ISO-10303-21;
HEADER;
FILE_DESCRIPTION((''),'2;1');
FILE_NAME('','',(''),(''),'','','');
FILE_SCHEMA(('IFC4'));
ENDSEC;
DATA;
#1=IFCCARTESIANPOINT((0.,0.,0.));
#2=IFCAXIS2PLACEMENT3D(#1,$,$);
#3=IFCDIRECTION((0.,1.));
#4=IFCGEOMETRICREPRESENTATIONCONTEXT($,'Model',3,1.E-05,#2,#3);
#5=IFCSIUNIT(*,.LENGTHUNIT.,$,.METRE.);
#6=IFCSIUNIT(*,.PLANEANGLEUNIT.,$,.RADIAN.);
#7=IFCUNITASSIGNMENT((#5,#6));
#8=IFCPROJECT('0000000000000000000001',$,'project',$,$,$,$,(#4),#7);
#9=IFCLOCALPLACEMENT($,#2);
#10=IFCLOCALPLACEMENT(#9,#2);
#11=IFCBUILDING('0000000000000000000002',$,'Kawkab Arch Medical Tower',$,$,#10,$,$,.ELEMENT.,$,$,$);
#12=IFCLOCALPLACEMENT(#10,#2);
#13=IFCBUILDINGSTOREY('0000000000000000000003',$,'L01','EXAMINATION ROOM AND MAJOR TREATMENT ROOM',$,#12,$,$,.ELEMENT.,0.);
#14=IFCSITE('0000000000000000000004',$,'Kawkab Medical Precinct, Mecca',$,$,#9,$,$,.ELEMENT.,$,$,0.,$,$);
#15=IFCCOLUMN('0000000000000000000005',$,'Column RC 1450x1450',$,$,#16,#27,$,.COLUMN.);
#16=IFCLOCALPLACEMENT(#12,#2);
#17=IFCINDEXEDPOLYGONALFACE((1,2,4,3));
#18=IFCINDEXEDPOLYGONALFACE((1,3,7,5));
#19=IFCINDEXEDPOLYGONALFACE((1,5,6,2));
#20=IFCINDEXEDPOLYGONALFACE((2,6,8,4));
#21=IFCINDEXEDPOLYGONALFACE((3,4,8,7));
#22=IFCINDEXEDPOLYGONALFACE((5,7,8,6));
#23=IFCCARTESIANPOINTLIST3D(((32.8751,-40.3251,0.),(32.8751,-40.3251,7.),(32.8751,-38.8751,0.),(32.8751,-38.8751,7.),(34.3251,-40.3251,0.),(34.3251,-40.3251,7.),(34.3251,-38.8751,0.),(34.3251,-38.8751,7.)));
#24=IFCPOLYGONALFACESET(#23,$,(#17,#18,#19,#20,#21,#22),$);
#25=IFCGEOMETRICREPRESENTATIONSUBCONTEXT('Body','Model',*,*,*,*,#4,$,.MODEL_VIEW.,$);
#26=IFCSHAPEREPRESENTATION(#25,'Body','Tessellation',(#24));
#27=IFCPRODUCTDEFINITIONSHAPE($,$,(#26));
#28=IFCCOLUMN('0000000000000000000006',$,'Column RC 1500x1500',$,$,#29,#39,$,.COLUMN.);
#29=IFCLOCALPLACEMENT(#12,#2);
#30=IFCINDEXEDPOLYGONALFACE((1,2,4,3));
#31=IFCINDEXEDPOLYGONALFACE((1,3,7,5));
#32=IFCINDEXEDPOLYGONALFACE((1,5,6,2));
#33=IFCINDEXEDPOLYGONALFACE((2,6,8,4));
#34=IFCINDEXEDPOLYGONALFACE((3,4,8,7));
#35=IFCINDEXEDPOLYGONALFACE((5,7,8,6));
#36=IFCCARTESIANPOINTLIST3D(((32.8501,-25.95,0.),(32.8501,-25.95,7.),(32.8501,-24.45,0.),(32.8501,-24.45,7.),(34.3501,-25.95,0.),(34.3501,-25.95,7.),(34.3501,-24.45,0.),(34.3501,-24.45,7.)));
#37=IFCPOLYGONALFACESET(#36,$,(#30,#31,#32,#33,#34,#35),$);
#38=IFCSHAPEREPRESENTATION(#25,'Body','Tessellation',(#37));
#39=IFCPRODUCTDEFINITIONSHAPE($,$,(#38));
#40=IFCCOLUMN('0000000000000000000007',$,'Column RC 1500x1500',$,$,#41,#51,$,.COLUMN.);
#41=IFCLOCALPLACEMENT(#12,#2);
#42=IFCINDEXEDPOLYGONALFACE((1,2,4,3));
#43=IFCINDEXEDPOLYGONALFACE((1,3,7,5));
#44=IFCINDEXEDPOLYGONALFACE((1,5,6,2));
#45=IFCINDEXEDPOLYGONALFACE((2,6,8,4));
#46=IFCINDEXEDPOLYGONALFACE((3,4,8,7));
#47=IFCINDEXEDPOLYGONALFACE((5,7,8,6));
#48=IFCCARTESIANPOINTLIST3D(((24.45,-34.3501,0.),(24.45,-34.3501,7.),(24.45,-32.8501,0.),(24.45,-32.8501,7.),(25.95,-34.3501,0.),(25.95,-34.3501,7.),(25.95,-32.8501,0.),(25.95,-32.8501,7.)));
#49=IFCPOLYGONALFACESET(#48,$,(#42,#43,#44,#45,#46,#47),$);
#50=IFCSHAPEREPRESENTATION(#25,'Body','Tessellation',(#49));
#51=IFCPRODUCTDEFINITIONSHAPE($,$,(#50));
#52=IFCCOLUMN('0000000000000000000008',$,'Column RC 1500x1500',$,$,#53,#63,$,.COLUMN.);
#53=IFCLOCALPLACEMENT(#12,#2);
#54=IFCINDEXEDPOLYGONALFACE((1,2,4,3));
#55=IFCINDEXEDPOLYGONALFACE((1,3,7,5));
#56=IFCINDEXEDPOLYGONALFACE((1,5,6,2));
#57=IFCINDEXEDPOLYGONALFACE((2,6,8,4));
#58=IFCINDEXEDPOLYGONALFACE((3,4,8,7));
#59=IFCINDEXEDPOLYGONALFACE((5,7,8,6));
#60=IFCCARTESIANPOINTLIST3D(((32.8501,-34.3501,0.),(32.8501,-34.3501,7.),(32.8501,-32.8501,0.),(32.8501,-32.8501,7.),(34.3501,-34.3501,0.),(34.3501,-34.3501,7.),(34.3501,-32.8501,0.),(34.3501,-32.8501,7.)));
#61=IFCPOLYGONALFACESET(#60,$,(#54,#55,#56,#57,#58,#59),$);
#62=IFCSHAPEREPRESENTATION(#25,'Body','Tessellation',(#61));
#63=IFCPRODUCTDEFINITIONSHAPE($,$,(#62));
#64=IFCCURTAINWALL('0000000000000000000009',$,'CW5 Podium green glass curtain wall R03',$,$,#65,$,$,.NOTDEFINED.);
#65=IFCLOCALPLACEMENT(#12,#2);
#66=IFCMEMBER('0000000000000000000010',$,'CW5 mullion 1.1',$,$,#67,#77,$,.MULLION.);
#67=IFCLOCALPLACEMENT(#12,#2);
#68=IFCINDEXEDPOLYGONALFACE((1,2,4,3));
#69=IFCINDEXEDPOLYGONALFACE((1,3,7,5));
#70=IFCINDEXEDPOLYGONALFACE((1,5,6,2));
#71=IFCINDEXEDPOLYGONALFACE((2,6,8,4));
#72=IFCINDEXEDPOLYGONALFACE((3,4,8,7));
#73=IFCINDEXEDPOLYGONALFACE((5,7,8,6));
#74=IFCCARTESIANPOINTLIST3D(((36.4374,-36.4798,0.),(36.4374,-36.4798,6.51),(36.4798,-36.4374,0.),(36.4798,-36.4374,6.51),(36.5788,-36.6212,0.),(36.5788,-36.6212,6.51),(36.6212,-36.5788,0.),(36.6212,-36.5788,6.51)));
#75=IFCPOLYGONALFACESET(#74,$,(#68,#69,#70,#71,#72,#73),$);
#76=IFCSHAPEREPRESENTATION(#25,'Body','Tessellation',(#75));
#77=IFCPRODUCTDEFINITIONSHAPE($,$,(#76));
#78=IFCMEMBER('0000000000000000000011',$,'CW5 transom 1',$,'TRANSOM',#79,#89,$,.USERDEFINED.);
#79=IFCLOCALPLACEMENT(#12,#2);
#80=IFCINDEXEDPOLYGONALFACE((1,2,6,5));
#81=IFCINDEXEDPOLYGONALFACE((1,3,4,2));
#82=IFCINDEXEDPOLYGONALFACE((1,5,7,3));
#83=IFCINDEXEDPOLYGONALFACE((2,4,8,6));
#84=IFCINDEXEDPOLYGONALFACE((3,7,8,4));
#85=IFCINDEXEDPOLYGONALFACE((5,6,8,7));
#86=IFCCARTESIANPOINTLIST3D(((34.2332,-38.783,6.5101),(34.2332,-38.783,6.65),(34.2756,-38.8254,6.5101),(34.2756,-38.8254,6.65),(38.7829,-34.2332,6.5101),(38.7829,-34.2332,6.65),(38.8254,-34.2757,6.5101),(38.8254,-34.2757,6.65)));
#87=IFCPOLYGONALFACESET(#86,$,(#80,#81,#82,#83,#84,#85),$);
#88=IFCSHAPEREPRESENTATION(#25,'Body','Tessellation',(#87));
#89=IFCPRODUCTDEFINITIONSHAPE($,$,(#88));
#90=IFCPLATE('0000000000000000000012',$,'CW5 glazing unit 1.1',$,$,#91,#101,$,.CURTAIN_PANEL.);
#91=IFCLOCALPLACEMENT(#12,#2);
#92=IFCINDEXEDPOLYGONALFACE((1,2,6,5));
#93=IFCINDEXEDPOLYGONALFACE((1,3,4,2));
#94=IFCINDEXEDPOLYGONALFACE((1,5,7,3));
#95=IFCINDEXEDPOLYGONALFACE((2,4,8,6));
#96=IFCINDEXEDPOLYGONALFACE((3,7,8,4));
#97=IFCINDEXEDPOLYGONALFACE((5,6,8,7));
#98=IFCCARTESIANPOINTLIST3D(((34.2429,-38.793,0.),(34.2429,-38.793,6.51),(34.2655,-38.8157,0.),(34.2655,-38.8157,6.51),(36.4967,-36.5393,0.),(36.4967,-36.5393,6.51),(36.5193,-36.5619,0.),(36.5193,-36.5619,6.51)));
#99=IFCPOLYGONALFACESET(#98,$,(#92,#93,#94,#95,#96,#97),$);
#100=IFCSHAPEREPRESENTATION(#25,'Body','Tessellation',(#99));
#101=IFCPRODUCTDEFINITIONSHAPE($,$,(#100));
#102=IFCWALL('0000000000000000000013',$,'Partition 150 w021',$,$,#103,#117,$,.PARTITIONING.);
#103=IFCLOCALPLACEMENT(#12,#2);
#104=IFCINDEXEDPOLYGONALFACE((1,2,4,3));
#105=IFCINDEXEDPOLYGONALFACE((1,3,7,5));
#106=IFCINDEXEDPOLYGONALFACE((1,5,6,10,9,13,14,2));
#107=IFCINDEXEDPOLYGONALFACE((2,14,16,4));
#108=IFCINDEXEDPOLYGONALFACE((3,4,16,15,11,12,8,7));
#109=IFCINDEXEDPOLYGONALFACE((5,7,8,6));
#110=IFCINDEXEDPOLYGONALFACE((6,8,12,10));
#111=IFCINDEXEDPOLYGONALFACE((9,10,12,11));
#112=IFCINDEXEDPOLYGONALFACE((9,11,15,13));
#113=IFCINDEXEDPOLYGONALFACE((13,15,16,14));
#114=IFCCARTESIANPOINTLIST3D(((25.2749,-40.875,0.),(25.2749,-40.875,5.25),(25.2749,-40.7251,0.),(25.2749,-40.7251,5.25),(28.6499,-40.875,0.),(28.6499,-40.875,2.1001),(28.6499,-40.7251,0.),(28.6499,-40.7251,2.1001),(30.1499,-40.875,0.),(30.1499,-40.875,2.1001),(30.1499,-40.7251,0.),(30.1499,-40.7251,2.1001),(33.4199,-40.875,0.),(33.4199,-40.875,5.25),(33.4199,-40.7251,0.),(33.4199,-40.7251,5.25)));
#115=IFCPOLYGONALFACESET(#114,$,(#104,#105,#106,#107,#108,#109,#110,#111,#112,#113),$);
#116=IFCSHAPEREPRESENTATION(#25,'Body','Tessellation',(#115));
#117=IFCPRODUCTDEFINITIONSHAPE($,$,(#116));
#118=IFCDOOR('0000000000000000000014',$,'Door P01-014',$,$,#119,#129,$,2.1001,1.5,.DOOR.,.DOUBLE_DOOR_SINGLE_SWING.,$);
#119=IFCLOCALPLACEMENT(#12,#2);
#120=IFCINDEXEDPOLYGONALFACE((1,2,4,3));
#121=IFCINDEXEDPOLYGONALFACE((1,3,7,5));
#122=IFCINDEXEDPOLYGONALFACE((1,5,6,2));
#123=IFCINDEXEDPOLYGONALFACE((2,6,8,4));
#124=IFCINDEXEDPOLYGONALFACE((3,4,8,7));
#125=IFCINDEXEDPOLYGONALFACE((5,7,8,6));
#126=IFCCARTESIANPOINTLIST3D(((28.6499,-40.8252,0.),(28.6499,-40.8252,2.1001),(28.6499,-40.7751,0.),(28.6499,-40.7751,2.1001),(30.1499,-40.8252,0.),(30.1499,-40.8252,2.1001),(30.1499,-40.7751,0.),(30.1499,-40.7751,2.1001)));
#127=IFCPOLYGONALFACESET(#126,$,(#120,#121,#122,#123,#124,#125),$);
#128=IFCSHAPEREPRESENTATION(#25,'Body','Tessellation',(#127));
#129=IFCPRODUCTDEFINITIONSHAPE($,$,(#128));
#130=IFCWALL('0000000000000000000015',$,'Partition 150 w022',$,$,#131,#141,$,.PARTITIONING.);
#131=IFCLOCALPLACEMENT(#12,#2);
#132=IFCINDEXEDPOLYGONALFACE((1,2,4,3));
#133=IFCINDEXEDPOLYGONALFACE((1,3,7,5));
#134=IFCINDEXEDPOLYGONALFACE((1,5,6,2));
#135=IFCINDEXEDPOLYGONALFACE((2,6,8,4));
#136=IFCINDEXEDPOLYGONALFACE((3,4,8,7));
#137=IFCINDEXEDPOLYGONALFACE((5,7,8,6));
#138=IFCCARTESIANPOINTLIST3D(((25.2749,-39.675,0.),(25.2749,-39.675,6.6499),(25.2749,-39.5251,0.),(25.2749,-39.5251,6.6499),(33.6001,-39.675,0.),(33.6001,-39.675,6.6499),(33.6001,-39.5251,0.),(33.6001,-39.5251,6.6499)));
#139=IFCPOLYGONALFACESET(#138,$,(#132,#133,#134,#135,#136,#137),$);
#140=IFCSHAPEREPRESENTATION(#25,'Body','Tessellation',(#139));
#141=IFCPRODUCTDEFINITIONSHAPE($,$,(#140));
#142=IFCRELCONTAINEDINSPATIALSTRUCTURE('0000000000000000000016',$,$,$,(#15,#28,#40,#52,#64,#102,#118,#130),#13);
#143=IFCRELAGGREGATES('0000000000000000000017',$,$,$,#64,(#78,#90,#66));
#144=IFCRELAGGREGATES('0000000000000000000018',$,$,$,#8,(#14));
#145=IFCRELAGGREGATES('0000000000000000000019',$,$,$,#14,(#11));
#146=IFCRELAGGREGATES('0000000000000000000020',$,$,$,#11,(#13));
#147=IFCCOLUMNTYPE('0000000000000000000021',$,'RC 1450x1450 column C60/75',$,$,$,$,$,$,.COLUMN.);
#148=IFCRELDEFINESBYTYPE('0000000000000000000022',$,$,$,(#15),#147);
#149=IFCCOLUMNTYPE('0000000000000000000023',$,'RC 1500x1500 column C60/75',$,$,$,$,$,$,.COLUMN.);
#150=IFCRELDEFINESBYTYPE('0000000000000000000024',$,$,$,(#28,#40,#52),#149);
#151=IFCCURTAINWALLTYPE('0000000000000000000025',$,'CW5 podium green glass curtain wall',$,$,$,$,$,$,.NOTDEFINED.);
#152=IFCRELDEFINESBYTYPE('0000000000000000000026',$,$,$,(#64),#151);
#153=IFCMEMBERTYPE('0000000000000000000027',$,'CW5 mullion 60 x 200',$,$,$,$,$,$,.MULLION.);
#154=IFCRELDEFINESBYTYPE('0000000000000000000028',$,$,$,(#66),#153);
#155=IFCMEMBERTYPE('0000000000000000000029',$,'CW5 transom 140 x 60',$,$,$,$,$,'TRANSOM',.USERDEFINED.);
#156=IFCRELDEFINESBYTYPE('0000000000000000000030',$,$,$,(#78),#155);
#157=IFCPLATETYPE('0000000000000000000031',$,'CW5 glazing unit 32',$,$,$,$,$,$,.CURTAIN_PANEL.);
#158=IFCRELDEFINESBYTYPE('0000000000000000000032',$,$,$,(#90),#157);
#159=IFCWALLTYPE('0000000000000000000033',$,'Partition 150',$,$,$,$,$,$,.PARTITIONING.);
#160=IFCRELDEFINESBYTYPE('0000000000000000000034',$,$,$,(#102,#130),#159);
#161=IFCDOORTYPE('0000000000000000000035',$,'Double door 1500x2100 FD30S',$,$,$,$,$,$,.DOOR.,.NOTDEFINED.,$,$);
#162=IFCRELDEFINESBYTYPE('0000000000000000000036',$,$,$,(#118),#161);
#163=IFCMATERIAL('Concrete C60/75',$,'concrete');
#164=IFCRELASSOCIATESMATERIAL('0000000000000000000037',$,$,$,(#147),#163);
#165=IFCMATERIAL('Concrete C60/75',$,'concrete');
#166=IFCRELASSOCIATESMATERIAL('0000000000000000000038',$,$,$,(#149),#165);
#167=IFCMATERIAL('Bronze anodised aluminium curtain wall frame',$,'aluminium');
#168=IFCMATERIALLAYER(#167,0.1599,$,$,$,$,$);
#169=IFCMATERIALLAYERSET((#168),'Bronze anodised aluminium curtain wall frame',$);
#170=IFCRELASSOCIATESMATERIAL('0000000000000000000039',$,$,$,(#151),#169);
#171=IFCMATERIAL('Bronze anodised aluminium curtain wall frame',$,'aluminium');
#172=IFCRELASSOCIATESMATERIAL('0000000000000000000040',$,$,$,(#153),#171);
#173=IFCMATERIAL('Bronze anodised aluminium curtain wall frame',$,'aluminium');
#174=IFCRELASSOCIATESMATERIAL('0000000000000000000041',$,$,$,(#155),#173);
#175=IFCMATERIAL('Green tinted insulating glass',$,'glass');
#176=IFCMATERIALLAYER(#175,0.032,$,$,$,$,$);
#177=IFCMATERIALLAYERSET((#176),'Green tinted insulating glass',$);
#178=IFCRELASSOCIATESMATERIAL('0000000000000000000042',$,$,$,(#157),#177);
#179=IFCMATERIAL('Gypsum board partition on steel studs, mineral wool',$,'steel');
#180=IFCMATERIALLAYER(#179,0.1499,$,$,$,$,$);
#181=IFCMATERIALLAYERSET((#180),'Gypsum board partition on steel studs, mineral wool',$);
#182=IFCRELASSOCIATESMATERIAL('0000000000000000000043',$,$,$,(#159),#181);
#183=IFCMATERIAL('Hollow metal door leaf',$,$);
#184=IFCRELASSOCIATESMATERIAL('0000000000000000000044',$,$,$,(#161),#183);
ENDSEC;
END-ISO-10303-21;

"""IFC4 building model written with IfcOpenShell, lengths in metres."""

from ifc_helpers import new_model, si_unit, direction, frame, frame_2d, origin, origin_2d, place, context, subcontext, project, spatial, rectangle, extrude, material, layer, layer_set, material_profile, profile_set, type_object, element, fill, aggregate, save


model = new_model("IFC4")

# Units and contexts
model_context = context("Model", 3, precision=1e-05, world=origin(), true_north=direction((0.0, 1.0)))
body_context = subcontext(model_context, "Body", "Model", "MODEL_VIEW")
ifc_project = project(units=[si_unit("LENGTHUNIT", "METRE"), si_unit("PLANEANGLEUNIT", "RADIAN")], contexts=[model_context])

# Site, building, storey
site_placement = place(None, origin())
site = spatial("IfcSite", under=ifc_project, at=site_placement, Name="Kawkab Medical Precinct, Mecca", CompositionType="ELEMENT", RefElevation=0.0)
building_placement = place(site_placement, origin())
building = spatial("IfcBuilding", under=site, at=building_placement, Name="Kawkab Arch Medical Tower", CompositionType="ELEMENT")
storey_placement = place(building_placement, origin())
storey = spatial("IfcBuildingStorey", under=building, at=storey_placement, Name="L01", Description="EXAMINATION ROOM AND MAJOR TREATMENT ROOM", CompositionType="ELEMENT", Elevation=0.0)

# Columns
ifc_material_1 = material(Name="Concrete C60/75", Category="concrete")
ifc_material_profile_1 = material_profile(ifc_material_1, rectangle(XDim=1.45, YDim=1.45, at=origin_2d()), Name="RC 1450x1450")
ifc_profile_set_1 = profile_set([ifc_material_profile_1], Name="Concrete C60/75")
column_type_1 = type_object("IfcColumnType", Name="RC 1450x1450 column C60/75", PredefinedType="COLUMN", material=ifc_profile_set_1)
column_placement = place(storey_placement, frame((33.6001, -39.6001, 0.0), z_axis=(0.0, 0.0, 1.0), x_axis=(1.0, 0.0, 0.0)))
element("IfcColumn", 1, at=column_placement, inside=storey, type_object=column_type_1, Name="Column RC 1450x1450", PredefinedType="COLUMN", context=body_context, shape_type="SweptSolid", body=[
    extrude(rectangle(XDim=1.45, YDim=1.45, at=origin_2d()), origin(), (0.0, 0.0, 1.0), 7.0),
])
ifc_material_2 = material(Name="Concrete C60/75", Category="concrete")
ifc_material_profile_2 = material_profile(ifc_material_2, rectangle(XDim=1.5, YDim=1.5, at=origin_2d()), Name="RC 1500x1500")
ifc_profile_set_2 = profile_set([ifc_material_profile_2], Name="Concrete C60/75")
column_type_2 = type_object("IfcColumnType", Name="RC 1500x1500 column C60/75", PredefinedType="COLUMN", material=ifc_profile_set_2)
for number, where, z_axis, x_axis, name in (
    (2, (33.6001, -25.2, 0.0), (0.0, 0.0, 1.0), (1.0, 0.0, 0.0), "Column RC 1500x1500"),
    (3, (25.2, -33.6001, 0.0), (0.0, 0.0, 1.0), (1.0, 0.0, 0.0), "Column RC 1500x1500"),
    (4, (33.6001, -33.6001, 0.0), (0.0, 0.0, 1.0), (1.0, 0.0, 0.0), "Column RC 1500x1500"),
):
    element("IfcColumn", number, at=place(storey_placement, frame(where, z_axis=z_axis, x_axis=x_axis)), inside=storey, type_object=column_type_2, Name=name, PredefinedType="COLUMN", context=body_context, shape_type="SweptSolid", body=[
        extrude(rectangle(XDim=1.5, YDim=1.5, at=origin_2d()), origin(), (0.0, 0.0, 1.0), 7.0),
    ])

# Curtain wall, members, plate
ifc_material_3 = material(Name="Bronze anodised aluminium curtain wall frame", Category="aluminium")
ifc_layer_1 = layer(ifc_material_3, 0.1599)
ifc_layer_set_1 = layer_set([ifc_layer_1], Name="Bronze anodised aluminium curtain wall frame")
curtain_wall_type = type_object("IfcCurtainWallType", Name="CW5 podium green glass curtain wall", PredefinedType="NOTDEFINED", material=ifc_layer_set_1)
curtain_wall_placement = place(storey_placement, origin())
curtain_wall = element("IfcCurtainWall", 5, at=curtain_wall_placement, inside=storey, type_object=curtain_wall_type, Name="CW5 Podium green glass curtain wall R03", PredefinedType="NOTDEFINED")
ifc_material_4 = material(Name="Bronze anodised aluminium curtain wall frame", Category="aluminium")
ifc_material_profile_3 = material_profile(ifc_material_4, rectangle(XDim=0.2, YDim=0.0601, at=origin_2d()), Name="AL 60x200")
ifc_profile_set_3 = profile_set([ifc_material_profile_3], Name="Bronze anodised aluminium curtain wall frame")
member_type_1 = type_object("IfcMemberType", Name="CW5 mullion 60 x 200", PredefinedType="MULLION", material=ifc_profile_set_3)
member_1_placement = place(storey_placement, frame((36.5293, -36.5293, 0.0), z_axis=(0.0, 0.0, 1.0), x_axis=(-0.707107, 0.707107, 0.0)))
member_1 = element("IfcMember", 6, at=member_1_placement, type_object=member_type_1, Name="CW5 mullion 1.1", PredefinedType="MULLION", context=body_context, shape_type="SweptSolid", body=[
    extrude(rectangle(XDim=0.2, YDim=0.0601, at=origin_2d()), origin(), (0.0, 0.0, 1.0), 6.51),
])
ifc_material_5 = material(Name="Bronze anodised aluminium curtain wall frame", Category="aluminium")
ifc_material_profile_4 = material_profile(ifc_material_5, rectangle(XDim=0.0601, YDim=0.1399, at=origin_2d()), Name="AL 60x140")
ifc_profile_set_4 = profile_set([ifc_material_profile_4], Name="Bronze anodised aluminium curtain wall frame")
member_type_2 = type_object("IfcMemberType", Name="CW5 transom 140 x 60", ElementType="TRANSOM", PredefinedType="USERDEFINED", material=ifc_profile_set_4)
member_2_placement = place(storey_placement, frame((34.2544, -38.8042, 6.5801), z_axis=(0.707107, 0.707107, 0.0), x_axis=(-0.707107, 0.707107, 0.0)))
member_2 = element("IfcMember", 7, at=member_2_placement, type_object=member_type_2, Name="CW5 transom 1", ObjectType="TRANSOM", PredefinedType="USERDEFINED", context=body_context, shape_type="SweptSolid", body=[
    extrude(rectangle(XDim=0.0601, YDim=0.1399, at=origin_2d()), origin(), (0.0, 0.0, 1.0), 6.4343),
])
ifc_material_6 = material(Name="Green tinted insulating glass", Category="glass")
ifc_layer_2 = layer(ifc_material_6, 0.032)
ifc_layer_set_2 = layer_set([ifc_layer_2], Name="Green tinted insulating glass")
plate_type = type_object("IfcPlateType", Name="CW5 glazing unit 32", PredefinedType="CURTAIN_PANEL", material=ifc_layer_set_2)
plate_placement = place(storey_placement, frame((35.3811, -37.6775, 0.0), z_axis=(0.0, 0.0, 1.0), x_axis=(0.707107, 0.707107, 0.0)))
plate = element("IfcPlate", 8, at=plate_placement, type_object=plate_type, Name="CW5 glazing unit 1.1", PredefinedType="CURTAIN_PANEL", context=body_context, shape_type="SweptSolid", body=[
    extrude(rectangle(XDim=3.1873, YDim=0.032, at=origin_2d()), origin(), (0.0, 0.0, 1.0), 6.51),
])
aggregate(curtain_wall, [member_2, plate, member_1])

# Wall, opening, door
ifc_material_7 = material(Name="Gypsum board partition on steel studs, mineral wool", Category="steel")
ifc_layer_3 = layer(ifc_material_7, 0.1499)
ifc_layer_set_3 = layer_set([ifc_layer_3], Name="Gypsum board partition on steel studs, mineral wool")
wall_type = type_object("IfcWallType", Name="Partition 150", PredefinedType="PARTITIONING", material=ifc_layer_set_3)
wall_1_placement = place(storey_placement, frame((25.2749, -40.8, 0.0), z_axis=(0.0, 0.0, 1.0), x_axis=(1.0, 0.0, 0.0)))
wall_1 = element("IfcWall", 9, at=wall_1_placement, inside=storey, type_object=wall_type, Name="Partition 150 w021", PredefinedType="PARTITIONING", context=body_context, shape_type="SweptSolid", body=[
    extrude(rectangle(XDim=8.145, YDim=0.1499, at=frame_2d((4.0725, 0.0))), origin(), (0.0, 0.0, 1.0), 5.25),
])
opening_1_placement = place(wall_1_placement, frame((3.375, 0.0, 0.0)))
opening_1 = element("IfcOpeningElement", 10, at=opening_1_placement, cuts=wall_1, PredefinedType="OPENING", context=body_context, shape_type="SweptSolid", body=[
    extrude(rectangle(XDim=1.5, YDim=2.1001, at=frame_2d((0.75, 1.05))), frame((0.0, 0.085, 0.0), z_axis=(0.0, -1.0, 0.0), x_axis=(1.0, 0.0, 0.0)), (0.0, 0.0, 1.0), 0.1699),
])
ifc_material_8 = material(Name="Hollow metal door leaf")
door_type_1 = type_object("IfcDoorType", Name="Double door 1500x2100 FD30S", OperationType="NOTDEFINED", PredefinedType="DOOR", material=ifc_material_8)
door_1_placement = place(opening_1_placement, origin())
door_1 = element("IfcDoor", 11, at=door_1_placement, inside=storey, type_object=door_type_1, Name="Door P01-014", OperationType="DOUBLE_DOOR_SINGLE_SWING", OverallHeight=2.1001, OverallWidth=1.5, PredefinedType="DOOR", context=body_context, shape_type="SweptSolid", body=[
    extrude(rectangle(XDim=1.5, YDim=2.1001, at=frame_2d((0.75, 1.05))), frame((0.0, 0.0249, 0.0), z_axis=(0.0, -1.0, 0.0), x_axis=(1.0, 0.0, 0.0)), (0.0, 0.0, 1.0), 0.05),
])
fill(opening_1, door_1)

# Wall
wall_2_placement = place(storey_placement, frame((25.2749, -39.6001, 0.0), z_axis=(0.0, 0.0, 1.0), x_axis=(1.0, 0.0, 0.0)))
element("IfcWall", 12, at=wall_2_placement, inside=storey, type_object=wall_type, Name="Partition 150 w022", PredefinedType="PARTITIONING", context=body_context, shape_type="SweptSolid", body=[
    extrude(rectangle(XDim=8.3252, YDim=0.1499, at=frame_2d((4.1626, 0.0))), origin(), (0.0, 0.0, 1.0), 6.6499),
])

save(model, "model.ifc")
